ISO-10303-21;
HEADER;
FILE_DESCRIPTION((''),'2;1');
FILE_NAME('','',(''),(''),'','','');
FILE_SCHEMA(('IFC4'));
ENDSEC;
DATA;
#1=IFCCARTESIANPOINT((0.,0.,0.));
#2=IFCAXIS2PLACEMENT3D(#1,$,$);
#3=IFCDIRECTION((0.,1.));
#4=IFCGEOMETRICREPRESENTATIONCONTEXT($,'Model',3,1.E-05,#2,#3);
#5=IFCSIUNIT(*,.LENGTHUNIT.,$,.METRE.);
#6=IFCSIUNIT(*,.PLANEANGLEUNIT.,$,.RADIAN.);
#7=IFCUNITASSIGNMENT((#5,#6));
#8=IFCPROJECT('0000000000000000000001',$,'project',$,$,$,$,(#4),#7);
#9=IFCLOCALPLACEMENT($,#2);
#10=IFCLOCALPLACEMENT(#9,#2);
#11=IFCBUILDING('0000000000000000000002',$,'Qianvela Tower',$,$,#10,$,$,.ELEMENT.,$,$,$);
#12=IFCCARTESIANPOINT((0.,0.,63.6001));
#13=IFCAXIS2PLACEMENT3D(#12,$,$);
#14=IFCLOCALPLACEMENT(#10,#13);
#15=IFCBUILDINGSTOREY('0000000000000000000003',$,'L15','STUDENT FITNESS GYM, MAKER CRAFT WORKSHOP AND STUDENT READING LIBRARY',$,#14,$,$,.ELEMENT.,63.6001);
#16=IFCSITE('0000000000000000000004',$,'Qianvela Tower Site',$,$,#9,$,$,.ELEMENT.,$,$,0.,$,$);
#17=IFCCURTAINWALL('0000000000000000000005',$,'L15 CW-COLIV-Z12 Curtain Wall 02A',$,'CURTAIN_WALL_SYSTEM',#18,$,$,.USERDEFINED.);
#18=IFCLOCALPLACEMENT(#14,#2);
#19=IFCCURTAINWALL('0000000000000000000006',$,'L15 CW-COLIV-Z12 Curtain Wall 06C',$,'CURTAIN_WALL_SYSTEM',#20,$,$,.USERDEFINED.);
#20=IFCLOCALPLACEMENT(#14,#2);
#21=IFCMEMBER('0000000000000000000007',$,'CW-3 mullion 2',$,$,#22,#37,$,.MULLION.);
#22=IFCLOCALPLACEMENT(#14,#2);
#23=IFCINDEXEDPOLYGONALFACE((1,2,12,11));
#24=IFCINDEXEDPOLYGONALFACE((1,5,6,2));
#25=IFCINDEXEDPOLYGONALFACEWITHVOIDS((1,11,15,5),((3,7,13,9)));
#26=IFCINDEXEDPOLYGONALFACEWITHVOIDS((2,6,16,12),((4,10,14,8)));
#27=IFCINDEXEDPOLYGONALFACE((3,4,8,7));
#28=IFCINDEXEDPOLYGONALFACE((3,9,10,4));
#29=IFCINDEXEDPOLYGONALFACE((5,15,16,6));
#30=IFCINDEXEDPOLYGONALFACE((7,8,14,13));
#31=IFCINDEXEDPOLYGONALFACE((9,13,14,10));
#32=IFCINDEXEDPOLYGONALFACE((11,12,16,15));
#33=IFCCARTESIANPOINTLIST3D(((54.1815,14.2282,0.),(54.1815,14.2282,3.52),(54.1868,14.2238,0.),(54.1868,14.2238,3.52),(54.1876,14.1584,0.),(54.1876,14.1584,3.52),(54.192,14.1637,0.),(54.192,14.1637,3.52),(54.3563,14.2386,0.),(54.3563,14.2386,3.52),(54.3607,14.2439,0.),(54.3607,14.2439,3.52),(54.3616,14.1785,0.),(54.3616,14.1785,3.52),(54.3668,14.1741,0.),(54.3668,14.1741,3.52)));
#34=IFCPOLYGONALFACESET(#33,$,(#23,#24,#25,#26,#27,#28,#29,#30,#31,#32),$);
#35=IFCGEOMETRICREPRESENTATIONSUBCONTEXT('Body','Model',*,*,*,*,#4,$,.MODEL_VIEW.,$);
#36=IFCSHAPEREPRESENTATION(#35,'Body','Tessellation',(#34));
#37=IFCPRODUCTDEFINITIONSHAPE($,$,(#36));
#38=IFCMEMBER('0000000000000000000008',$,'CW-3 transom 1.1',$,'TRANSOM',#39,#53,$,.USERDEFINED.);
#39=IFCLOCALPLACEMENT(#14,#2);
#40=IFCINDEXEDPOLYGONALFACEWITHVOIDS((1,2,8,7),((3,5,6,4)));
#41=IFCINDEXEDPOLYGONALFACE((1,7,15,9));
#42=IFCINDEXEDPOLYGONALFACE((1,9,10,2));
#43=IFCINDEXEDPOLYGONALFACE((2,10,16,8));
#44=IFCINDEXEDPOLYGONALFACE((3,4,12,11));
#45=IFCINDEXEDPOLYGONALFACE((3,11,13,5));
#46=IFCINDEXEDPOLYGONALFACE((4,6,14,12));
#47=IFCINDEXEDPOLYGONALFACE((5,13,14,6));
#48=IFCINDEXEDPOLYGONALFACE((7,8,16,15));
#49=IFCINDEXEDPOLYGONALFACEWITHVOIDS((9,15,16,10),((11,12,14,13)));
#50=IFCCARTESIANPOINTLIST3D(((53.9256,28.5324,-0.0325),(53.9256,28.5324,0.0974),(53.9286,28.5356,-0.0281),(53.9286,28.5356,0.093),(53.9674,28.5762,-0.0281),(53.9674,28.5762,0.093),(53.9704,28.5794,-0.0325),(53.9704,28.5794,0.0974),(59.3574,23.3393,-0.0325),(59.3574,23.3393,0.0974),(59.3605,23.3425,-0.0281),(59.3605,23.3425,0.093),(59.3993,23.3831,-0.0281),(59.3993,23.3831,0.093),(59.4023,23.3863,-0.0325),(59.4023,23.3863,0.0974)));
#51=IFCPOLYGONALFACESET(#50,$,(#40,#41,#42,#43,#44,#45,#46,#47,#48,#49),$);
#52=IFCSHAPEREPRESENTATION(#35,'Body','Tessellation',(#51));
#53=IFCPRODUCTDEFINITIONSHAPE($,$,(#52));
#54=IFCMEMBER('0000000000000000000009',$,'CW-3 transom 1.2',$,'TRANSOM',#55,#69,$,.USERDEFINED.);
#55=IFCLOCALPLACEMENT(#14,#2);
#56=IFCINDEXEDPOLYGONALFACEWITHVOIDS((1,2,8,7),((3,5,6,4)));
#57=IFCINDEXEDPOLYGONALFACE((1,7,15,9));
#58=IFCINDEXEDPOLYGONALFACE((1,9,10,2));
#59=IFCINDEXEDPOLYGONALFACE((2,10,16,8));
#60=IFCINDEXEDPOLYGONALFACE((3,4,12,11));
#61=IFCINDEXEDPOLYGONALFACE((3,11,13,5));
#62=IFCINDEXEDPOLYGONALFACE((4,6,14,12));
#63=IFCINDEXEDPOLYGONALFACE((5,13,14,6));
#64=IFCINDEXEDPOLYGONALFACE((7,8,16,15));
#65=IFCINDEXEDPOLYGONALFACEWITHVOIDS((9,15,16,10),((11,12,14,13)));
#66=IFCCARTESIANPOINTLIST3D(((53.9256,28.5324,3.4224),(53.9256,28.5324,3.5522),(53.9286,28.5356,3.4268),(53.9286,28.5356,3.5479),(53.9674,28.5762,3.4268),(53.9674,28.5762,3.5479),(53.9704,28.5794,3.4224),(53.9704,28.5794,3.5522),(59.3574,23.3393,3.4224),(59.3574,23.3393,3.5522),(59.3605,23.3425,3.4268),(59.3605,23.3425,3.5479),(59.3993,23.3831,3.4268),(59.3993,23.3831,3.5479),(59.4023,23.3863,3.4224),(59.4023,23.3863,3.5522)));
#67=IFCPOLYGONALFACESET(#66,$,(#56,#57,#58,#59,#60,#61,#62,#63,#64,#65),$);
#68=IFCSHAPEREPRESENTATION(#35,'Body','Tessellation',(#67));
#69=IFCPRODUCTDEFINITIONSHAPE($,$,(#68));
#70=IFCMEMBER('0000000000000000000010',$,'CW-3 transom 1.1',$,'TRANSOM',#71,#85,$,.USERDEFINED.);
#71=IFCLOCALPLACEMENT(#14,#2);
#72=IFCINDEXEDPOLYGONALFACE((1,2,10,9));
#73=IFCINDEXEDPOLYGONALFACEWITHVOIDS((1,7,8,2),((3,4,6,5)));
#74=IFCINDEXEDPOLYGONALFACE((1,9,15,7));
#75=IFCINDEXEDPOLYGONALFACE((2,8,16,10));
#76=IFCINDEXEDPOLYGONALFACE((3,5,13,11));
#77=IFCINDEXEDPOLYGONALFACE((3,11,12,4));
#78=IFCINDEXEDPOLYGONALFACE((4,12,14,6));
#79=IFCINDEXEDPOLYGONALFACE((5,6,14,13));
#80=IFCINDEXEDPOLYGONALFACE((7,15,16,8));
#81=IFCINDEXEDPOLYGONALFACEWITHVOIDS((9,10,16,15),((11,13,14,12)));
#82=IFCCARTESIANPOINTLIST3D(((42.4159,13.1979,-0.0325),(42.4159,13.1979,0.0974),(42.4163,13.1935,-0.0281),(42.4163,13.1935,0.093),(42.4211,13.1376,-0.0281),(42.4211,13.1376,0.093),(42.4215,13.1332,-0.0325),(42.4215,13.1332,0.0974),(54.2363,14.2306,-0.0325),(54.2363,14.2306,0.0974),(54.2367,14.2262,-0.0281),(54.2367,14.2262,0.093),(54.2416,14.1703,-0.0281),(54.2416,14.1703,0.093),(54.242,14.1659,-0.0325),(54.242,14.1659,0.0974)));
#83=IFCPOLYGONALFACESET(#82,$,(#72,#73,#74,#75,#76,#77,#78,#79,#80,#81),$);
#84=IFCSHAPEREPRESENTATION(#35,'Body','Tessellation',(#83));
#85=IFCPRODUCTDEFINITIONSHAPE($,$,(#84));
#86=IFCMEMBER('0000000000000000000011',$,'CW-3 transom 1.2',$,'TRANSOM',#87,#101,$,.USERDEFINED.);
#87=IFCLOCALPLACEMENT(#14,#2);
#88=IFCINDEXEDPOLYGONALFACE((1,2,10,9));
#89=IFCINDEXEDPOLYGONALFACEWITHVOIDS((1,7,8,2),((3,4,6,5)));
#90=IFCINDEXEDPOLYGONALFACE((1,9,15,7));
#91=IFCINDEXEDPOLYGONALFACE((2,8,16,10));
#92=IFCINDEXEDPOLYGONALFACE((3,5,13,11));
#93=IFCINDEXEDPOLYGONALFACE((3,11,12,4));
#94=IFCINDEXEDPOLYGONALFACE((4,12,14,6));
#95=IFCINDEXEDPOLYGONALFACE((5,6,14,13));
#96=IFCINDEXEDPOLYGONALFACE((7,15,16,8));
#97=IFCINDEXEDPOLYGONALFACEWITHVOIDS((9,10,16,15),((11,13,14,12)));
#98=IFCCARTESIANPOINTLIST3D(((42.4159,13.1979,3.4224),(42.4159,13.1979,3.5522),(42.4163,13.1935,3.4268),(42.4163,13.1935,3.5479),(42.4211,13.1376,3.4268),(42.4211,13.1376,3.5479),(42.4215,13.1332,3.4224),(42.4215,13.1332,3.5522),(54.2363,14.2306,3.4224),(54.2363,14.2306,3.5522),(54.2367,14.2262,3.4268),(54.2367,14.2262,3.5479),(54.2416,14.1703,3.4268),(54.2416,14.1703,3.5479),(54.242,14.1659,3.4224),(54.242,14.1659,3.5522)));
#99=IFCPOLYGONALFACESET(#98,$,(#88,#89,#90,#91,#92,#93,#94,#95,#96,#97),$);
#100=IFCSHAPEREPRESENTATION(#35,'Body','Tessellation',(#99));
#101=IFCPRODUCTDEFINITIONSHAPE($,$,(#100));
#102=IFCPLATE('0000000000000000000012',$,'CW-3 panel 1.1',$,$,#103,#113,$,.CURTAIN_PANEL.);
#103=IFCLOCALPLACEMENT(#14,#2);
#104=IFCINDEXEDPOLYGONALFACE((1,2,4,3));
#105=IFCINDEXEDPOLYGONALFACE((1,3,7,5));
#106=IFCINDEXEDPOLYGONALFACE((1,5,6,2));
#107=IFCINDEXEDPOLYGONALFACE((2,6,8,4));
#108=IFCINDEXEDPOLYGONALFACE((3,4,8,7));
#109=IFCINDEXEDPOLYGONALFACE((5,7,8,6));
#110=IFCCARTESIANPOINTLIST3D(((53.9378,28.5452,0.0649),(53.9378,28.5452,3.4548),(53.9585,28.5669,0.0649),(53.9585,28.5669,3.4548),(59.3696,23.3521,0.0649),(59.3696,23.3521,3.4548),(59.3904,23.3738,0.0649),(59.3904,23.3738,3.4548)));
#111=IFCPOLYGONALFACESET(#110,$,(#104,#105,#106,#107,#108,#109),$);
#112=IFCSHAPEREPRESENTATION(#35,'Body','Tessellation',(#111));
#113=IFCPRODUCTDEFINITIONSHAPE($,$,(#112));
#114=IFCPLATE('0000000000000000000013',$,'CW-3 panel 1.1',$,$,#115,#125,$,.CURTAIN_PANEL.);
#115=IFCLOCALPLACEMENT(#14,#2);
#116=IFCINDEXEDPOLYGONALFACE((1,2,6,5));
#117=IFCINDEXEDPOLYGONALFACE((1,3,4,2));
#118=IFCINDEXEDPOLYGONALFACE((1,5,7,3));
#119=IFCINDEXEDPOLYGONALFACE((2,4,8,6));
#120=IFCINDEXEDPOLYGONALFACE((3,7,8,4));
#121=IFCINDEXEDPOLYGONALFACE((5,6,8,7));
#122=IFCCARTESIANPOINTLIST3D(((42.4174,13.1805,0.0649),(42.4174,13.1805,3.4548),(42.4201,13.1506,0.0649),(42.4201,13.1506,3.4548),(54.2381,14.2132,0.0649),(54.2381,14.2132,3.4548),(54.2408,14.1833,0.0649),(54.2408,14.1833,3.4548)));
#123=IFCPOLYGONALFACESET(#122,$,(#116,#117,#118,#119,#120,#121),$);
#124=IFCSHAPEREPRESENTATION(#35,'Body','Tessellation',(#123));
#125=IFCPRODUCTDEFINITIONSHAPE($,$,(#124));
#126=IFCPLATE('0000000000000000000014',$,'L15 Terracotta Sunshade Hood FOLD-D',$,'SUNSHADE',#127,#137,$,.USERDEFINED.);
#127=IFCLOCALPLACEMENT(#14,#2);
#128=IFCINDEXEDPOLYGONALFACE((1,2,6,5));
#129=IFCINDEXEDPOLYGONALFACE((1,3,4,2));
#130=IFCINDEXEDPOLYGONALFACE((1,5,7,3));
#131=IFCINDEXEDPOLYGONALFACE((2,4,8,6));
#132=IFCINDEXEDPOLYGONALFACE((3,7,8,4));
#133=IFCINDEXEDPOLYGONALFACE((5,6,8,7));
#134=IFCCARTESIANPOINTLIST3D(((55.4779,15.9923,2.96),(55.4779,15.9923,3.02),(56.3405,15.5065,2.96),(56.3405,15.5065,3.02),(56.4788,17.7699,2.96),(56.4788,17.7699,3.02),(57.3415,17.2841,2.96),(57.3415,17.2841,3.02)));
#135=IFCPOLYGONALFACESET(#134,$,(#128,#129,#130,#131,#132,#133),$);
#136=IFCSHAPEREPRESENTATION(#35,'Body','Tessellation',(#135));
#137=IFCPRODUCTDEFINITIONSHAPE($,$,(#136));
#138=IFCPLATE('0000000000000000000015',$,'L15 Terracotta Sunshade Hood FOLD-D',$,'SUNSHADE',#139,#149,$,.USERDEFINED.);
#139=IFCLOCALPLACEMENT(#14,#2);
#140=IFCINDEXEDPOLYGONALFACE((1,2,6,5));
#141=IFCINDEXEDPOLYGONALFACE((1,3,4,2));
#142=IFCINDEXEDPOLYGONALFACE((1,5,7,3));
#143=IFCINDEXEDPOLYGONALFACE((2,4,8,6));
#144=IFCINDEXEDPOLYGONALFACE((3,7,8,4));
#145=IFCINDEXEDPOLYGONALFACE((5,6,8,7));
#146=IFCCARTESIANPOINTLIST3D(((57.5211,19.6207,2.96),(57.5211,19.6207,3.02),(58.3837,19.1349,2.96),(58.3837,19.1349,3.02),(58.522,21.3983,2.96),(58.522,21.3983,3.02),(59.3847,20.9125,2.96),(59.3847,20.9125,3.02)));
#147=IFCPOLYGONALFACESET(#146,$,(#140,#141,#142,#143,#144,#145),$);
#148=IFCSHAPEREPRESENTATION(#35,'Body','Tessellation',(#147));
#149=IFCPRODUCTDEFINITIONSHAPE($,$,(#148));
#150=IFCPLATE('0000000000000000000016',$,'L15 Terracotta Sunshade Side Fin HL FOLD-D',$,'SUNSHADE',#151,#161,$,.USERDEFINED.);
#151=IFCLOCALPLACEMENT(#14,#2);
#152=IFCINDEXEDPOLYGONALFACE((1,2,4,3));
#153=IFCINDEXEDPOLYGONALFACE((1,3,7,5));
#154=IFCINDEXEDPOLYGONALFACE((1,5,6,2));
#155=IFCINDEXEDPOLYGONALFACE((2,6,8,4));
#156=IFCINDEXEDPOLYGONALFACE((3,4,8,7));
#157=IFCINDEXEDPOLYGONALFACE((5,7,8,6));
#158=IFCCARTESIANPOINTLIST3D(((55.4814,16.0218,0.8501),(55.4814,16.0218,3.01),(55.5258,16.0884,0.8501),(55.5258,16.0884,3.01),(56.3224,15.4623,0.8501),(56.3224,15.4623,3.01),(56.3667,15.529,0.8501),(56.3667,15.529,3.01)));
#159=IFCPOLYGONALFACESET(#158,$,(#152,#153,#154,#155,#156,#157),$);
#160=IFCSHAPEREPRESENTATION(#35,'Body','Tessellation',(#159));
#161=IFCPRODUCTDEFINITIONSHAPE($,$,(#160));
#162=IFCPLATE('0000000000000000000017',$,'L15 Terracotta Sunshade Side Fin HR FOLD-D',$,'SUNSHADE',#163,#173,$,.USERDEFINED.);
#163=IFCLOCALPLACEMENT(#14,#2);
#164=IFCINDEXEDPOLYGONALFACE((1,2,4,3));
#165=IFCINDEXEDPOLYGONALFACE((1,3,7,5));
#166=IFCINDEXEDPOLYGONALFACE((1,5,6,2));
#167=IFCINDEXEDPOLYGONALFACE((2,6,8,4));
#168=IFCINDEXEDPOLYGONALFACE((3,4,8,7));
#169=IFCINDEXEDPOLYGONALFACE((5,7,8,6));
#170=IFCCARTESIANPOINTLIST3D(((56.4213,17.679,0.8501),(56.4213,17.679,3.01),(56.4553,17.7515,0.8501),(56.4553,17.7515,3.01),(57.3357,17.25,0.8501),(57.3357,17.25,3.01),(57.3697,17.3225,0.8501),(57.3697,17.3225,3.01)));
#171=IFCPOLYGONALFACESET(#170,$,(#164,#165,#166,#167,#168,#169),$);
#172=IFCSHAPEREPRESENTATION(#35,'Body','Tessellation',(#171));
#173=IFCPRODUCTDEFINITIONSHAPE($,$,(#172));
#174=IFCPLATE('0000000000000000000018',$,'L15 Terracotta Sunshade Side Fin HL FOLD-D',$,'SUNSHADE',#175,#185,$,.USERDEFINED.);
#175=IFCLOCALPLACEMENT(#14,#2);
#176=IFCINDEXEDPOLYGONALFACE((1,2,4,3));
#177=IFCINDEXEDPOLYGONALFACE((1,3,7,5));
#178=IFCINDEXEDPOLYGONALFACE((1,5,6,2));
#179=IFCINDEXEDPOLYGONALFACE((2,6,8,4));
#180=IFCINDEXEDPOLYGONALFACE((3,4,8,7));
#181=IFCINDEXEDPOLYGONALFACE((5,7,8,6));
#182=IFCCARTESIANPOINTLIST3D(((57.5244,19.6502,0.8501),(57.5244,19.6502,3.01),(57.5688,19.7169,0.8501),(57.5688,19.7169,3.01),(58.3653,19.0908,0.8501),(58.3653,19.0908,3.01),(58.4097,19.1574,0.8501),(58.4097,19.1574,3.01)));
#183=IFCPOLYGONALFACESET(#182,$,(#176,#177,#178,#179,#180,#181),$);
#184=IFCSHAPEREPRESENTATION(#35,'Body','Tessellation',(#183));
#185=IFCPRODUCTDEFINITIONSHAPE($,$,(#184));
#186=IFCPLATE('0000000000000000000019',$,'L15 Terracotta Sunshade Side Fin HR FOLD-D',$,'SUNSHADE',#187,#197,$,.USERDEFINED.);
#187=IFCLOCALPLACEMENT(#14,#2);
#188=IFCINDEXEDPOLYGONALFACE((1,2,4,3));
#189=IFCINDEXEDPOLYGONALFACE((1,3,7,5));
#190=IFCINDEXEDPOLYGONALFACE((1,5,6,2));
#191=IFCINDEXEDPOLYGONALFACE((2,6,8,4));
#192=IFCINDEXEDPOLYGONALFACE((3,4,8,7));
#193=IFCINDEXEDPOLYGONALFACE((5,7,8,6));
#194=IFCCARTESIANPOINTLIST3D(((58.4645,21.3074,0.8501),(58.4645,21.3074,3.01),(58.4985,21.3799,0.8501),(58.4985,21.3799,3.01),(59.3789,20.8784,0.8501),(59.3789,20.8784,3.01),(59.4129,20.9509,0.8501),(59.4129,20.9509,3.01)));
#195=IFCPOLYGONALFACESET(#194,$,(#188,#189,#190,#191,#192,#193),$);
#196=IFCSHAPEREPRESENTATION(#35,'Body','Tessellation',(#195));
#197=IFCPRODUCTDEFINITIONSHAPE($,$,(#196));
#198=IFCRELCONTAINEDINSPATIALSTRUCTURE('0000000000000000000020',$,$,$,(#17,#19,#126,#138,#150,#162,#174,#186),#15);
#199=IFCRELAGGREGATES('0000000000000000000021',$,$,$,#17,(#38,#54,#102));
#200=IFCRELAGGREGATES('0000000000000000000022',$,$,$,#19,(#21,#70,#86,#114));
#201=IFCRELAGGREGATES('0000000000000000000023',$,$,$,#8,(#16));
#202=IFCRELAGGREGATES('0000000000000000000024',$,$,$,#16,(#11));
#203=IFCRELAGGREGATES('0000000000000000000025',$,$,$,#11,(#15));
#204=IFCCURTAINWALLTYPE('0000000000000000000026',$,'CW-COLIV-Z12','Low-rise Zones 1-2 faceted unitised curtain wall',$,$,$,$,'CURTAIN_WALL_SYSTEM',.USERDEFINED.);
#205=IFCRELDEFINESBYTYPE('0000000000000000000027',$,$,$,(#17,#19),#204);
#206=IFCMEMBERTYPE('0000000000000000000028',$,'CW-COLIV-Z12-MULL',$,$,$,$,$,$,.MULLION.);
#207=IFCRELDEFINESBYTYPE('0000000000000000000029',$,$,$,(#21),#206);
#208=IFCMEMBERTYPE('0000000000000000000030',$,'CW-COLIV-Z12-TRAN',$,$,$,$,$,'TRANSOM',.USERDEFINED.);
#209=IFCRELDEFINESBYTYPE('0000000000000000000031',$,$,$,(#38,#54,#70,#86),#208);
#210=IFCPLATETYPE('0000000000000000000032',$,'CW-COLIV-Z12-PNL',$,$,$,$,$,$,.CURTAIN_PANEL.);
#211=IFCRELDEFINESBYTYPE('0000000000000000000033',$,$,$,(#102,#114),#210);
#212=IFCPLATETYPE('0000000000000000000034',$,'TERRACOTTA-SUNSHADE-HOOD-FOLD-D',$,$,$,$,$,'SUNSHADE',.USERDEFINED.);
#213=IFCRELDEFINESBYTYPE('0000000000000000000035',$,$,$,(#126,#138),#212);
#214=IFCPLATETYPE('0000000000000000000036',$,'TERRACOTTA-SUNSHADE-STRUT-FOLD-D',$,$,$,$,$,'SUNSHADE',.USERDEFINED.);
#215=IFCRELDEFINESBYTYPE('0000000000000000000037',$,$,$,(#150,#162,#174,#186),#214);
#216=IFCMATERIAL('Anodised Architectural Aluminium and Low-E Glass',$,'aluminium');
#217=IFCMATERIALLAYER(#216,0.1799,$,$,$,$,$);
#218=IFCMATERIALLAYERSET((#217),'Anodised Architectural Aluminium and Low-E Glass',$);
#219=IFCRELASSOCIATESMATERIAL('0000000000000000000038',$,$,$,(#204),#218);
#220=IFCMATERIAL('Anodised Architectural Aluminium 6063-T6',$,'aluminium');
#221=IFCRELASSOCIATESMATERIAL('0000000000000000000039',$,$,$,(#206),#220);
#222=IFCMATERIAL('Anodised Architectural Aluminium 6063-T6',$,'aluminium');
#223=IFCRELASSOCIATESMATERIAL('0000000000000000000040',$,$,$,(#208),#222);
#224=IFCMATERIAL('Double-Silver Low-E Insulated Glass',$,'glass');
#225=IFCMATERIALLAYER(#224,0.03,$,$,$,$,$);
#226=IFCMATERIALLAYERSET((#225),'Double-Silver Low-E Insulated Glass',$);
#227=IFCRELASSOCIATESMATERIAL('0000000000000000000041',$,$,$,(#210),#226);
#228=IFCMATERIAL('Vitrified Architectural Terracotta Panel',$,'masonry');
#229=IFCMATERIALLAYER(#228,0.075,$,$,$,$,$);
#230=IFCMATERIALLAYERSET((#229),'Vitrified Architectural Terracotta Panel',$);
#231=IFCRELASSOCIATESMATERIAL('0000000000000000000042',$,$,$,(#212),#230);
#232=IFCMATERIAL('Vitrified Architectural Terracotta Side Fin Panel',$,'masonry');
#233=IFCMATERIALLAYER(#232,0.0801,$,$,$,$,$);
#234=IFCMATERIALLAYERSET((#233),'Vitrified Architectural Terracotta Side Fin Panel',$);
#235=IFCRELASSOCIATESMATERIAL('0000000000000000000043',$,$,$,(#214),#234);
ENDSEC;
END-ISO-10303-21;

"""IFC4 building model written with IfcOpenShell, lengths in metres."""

from ifc_helpers import new_model, si_unit, direction, frame, origin, origin_2d, place, context, subcontext, project, spatial, rectangle, hollow_rectangle, extrude, material, layer, layer_set, material_profile, profile_set, type_object, element, aggregate, save


model = new_model("IFC4")

# Units and contexts
model_context = context("Model", 3, precision=1e-05, world=origin(), true_north=direction((0.0, 1.0)))
body_context = subcontext(model_context, "Body", "Model", "MODEL_VIEW")
ifc_project = project(units=[si_unit("LENGTHUNIT", "METRE"), si_unit("PLANEANGLEUNIT", "RADIAN")], contexts=[model_context])

# Site, building, storey
site_placement = place(None, origin())
site = spatial("IfcSite", under=ifc_project, at=site_placement, Name="Qianvela Tower Site", CompositionType="ELEMENT", RefElevation=0.0)
building_placement = place(site_placement, origin())
building = spatial("IfcBuilding", under=site, at=building_placement, Name="Qianvela Tower", CompositionType="ELEMENT")
storey_placement = place(building_placement, frame((0.0, 0.0, 63.6001)))
storey = spatial("IfcBuildingStorey", under=building, at=storey_placement, Name="L15", Description="STUDENT FITNESS GYM, MAKER CRAFT WORKSHOP AND STUDENT READING LIBRARY", CompositionType="ELEMENT", Elevation=63.6001)

# Curtain wall
ifc_material_1 = material(Name="Anodised Architectural Aluminium and Low-E Glass", Category="aluminium")
ifc_layer_1 = layer(ifc_material_1, 0.1799)
ifc_layer_set_1 = layer_set([ifc_layer_1], Name="Anodised Architectural Aluminium and Low-E Glass")
curtain_wall_type_1 = type_object("IfcCurtainWallType", Name="CW-COLIV-Z12", Description="Low-rise Zones 1-2 faceted unitised curtain wall", ElementType="CURTAIN_WALL_SYSTEM", PredefinedType="USERDEFINED", material=ifc_layer_set_1)
curtain_wall_1_placement = place(storey_placement, origin())
curtain_wall_1 = element("IfcCurtainWall", 1, at=curtain_wall_1_placement, inside=storey, type_object=curtain_wall_type_1, Name="L15 CW-COLIV-Z12 Curtain Wall 02A", ObjectType="CURTAIN_WALL_SYSTEM", PredefinedType="USERDEFINED")
ifc_material_2 = material(Name="Anodised Architectural Aluminium 6063-T6", Category="aluminium")
ifc_material_profile_1 = material_profile(ifc_material_2, hollow_rectangle(XDim=0.0701, YDim=0.1799, WallThickness=0.0049, at=origin_2d()), Name="ALU-MULL-70x180")
ifc_profile_set_1 = profile_set([ifc_material_profile_1], Name="Anodised Architectural Aluminium 6063-T6")
member_type_1 = type_object("IfcMemberType", Name="CW-COLIV-Z12-MULL", PredefinedType="MULLION", material=ifc_profile_set_1)

# Curtain wall, member
curtain_wall_2_placement = place(storey_placement, origin())
curtain_wall_2 = element("IfcCurtainWall", 2, at=curtain_wall_2_placement, inside=storey, type_object=curtain_wall_type_1, Name="L15 CW-COLIV-Z12 Curtain Wall 06C", ObjectType="CURTAIN_WALL_SYSTEM", PredefinedType="USERDEFINED")
member_1_placement = place(storey_placement, frame((54.2742, 14.2012, 0.0), z_axis=(0.0, 0.0, 1.0), x_axis=(-0.087034, 0.996205, 0.0)))
member_1 = element("IfcMember", 3, at=member_1_placement, type_object=member_type_1, Name="CW-3 mullion 2", PredefinedType="MULLION", context=body_context, shape_type="SweptSolid", body=[
    extrude(hollow_rectangle(XDim=0.0701, YDim=0.1799, WallThickness=0.0049, at=origin_2d()), origin(), (0.0, 0.0, 1.0), 3.52),
])

# Members
ifc_material_3 = material(Name="Anodised Architectural Aluminium 6063-T6", Category="aluminium")
ifc_material_profile_2 = material_profile(ifc_material_3, hollow_rectangle(XDim=0.0649, YDim=0.1299, WallThickness=0.0044, at=origin_2d()), Name="ALU-TRAN-65x130")
ifc_profile_set_2 = profile_set([ifc_material_profile_2], Name="Anodised Architectural Aluminium 6063-T6")
member_type_2 = type_object("IfcMemberType", Name="CW-COLIV-Z12-TRAN", ElementType="TRANSOM", PredefinedType="USERDEFINED", material=ifc_profile_set_2)
member_2_placement = place(storey_placement, frame((59.3799, 23.3628, 0.0325), z_axis=(-0.722815, 0.691042, 0.0), x_axis=(-0.691042, -0.722815, 0.0)))
member_2 = element("IfcMember", 4, at=member_2_placement, type_object=member_type_2, Name="CW-3 transom 1.1", ObjectType="TRANSOM", PredefinedType="USERDEFINED", context=body_context, shape_type="SweptSolid", body=[
    extrude(hollow_rectangle(XDim=0.0649, YDim=0.1299, WallThickness=0.0044, at=origin_2d()), origin(), (0.0, 0.0, 1.0), 7.5149),
])
member_3_placement = place(storey_placement, frame((59.3799, 23.3628, 3.4873), z_axis=(-0.722815, 0.691042, 0.0), x_axis=(-0.691042, -0.722815, 0.0)))
member_3 = element("IfcMember", 5, at=member_3_placement, type_object=member_type_2, Name="CW-3 transom 1.2", ObjectType="TRANSOM", PredefinedType="USERDEFINED", context=body_context, shape_type="SweptSolid", body=[
    extrude(hollow_rectangle(XDim=0.0649, YDim=0.1299, WallThickness=0.0044, at=origin_2d()), origin(), (0.0, 0.0, 1.0), 7.5149),
])
member_4_placement = place(storey_placement, frame((42.4187, 13.1655, 0.0325), z_axis=(0.996205, 0.087034, 0.0), x_axis=(-0.087034, 0.996205, 0.0)))
member_4 = element("IfcMember", 6, at=member_4_placement, type_object=member_type_2, Name="CW-3 transom 1.1", ObjectType="TRANSOM", PredefinedType="USERDEFINED", context=body_context, shape_type="SweptSolid", body=[
    extrude(hollow_rectangle(XDim=0.0649, YDim=0.1299, WallThickness=0.0044, at=origin_2d()), origin(), (0.0, 0.0, 1.0), 11.8655),
])
member_5_placement = place(storey_placement, frame((42.4187, 13.1655, 3.4873), z_axis=(0.996205, 0.087034, 0.0), x_axis=(-0.087034, 0.996205, 0.0)))
member_5 = element("IfcMember", 7, at=member_5_placement, type_object=member_type_2, Name="CW-3 transom 1.2", ObjectType="TRANSOM", PredefinedType="USERDEFINED", context=body_context, shape_type="SweptSolid", body=[
    extrude(hollow_rectangle(XDim=0.0649, YDim=0.1299, WallThickness=0.0044, at=origin_2d()), origin(), (0.0, 0.0, 1.0), 11.8655),
])

# Plates
ifc_material_4 = material(Name="Double-Silver Low-E Insulated Glass", Category="glass")
ifc_layer_2 = layer(ifc_material_4, 0.03)
ifc_layer_set_2 = layer_set([ifc_layer_2], Name="Double-Silver Low-E Insulated Glass")
plate_type_1 = type_object("IfcPlateType", Name="CW-COLIV-Z12-PNL", PredefinedType="CURTAIN_PANEL", material=ifc_layer_set_2)
plate_1_placement = place(storey_placement, frame((56.6641, 25.9595, 0.0649), z_axis=(0.0, 0.0, 1.0), x_axis=(-0.722814, 0.691043, 0.0)))
plate_1 = element("IfcPlate", 8, at=plate_1_placement, type_object=plate_type_1, Name="CW-3 panel 1.1", PredefinedType="CURTAIN_PANEL", context=body_context, shape_type="SweptSolid", body=[
    extrude(rectangle(XDim=7.5149, YDim=0.03, at=origin_2d()), origin(), (0.0, 0.0, 1.0), 3.3899),
])
aggregate(curtain_wall_1, [member_2, member_3, plate_1])
plate_2_placement = place(storey_placement, frame((48.3291, 13.6819, 0.0649), z_axis=(0.0, 0.0, 1.0), x_axis=(0.996205, 0.087034, 0.0)))
plate_2 = element("IfcPlate", 9, at=plate_2_placement, type_object=plate_type_1, Name="CW-3 panel 1.1", PredefinedType="CURTAIN_PANEL", context=body_context, shape_type="SweptSolid", body=[
    extrude(rectangle(XDim=11.8657, YDim=0.03, at=origin_2d()), origin(), (0.0, 0.0, 1.0), 3.3899),
])
aggregate(curtain_wall_2, [member_1, member_4, member_5, plate_2])

# Plates
ifc_material_5 = material(Name="Vitrified Architectural Terracotta Panel", Category="masonry")
ifc_layer_3 = layer(ifc_material_5, 0.075)
ifc_layer_set_3 = layer_set([ifc_layer_3], Name="Vitrified Architectural Terracotta Panel")
plate_type_2 = type_object("IfcPlateType", Name="TERRACOTTA-SUNSHADE-HOOD-FOLD-D", ElementType="SUNSHADE", PredefinedType="USERDEFINED", material=ifc_layer_set_3)
for number, where, z_axis, x_axis, name in (
    (10, (56.4097, 16.6382, 2.96), (0.0, 0.0, 1.0), (0.490648, 0.871358, 0.0), "L15 Terracotta Sunshade Hood FOLD-D"),
    (11, (58.4529, 20.2666, 2.96), (0.0, 0.0, 1.0), (0.490648, 0.871358, 0.0), "L15 Terracotta Sunshade Hood FOLD-D"),
):
    element("IfcPlate", number, at=place(storey_placement, frame(where, z_axis=z_axis, x_axis=x_axis)), inside=storey, type_object=plate_type_2, Name=name, ObjectType="SUNSHADE", PredefinedType="USERDEFINED", context=body_context, shape_type="SweptSolid", body=[
        extrude(rectangle(XDim=2.04, YDim=0.99, at=origin_2d()), origin(), (0.0, 0.0, 1.0), 0.0601),
    ])
ifc_material_6 = material(Name="Vitrified Architectural Terracotta Side Fin Panel", Category="masonry")
ifc_layer_4 = layer(ifc_material_6, 0.0801)
ifc_layer_set_4 = layer_set([ifc_layer_4], Name="Vitrified Architectural Terracotta Side Fin Panel")
plate_type_3 = type_object("IfcPlateType", Name="TERRACOTTA-SUNSHADE-STRUT-FOLD-D", ElementType="SUNSHADE", PredefinedType="USERDEFINED", material=ifc_layer_set_4)
for number, where, z_axis, x_axis, name in (
    (12, (55.9241, 15.7754, 0.8501), (0.0, 0.0, 1.0), (0.553874, 0.8326, 0.0), "L15 Terracotta Sunshade Side Fin HL FOLD-D"),
    (13, (56.8955, 17.5007, 0.8501), (0.0, 0.0, 1.0), (0.424724, 0.905323, 0.0), "L15 Terracotta Sunshade Side Fin HR FOLD-D"),
    (14, (57.967, 19.4038, 0.8501), (0.0, 0.0, 1.0), (0.553874, 0.8326, 0.0), "L15 Terracotta Sunshade Side Fin HL FOLD-D"),
    (15, (58.9387, 21.1292, 0.8501), (0.0, 0.0, 1.0), (0.424724, 0.905323, 0.0), "L15 Terracotta Sunshade Side Fin HR FOLD-D"),
):
    element("IfcPlate", number, at=place(storey_placement, frame(where, z_axis=z_axis, x_axis=x_axis)), inside=storey, type_object=plate_type_3, Name=name, ObjectType="SUNSHADE", PredefinedType="USERDEFINED", context=body_context, shape_type="SweptSolid", body=[
        extrude(rectangle(XDim=0.0801, YDim=1.01, at=origin_2d()), origin(), (0.0, 0.0, 1.0), 2.1599),
    ])

save(model, "model.ifc")
